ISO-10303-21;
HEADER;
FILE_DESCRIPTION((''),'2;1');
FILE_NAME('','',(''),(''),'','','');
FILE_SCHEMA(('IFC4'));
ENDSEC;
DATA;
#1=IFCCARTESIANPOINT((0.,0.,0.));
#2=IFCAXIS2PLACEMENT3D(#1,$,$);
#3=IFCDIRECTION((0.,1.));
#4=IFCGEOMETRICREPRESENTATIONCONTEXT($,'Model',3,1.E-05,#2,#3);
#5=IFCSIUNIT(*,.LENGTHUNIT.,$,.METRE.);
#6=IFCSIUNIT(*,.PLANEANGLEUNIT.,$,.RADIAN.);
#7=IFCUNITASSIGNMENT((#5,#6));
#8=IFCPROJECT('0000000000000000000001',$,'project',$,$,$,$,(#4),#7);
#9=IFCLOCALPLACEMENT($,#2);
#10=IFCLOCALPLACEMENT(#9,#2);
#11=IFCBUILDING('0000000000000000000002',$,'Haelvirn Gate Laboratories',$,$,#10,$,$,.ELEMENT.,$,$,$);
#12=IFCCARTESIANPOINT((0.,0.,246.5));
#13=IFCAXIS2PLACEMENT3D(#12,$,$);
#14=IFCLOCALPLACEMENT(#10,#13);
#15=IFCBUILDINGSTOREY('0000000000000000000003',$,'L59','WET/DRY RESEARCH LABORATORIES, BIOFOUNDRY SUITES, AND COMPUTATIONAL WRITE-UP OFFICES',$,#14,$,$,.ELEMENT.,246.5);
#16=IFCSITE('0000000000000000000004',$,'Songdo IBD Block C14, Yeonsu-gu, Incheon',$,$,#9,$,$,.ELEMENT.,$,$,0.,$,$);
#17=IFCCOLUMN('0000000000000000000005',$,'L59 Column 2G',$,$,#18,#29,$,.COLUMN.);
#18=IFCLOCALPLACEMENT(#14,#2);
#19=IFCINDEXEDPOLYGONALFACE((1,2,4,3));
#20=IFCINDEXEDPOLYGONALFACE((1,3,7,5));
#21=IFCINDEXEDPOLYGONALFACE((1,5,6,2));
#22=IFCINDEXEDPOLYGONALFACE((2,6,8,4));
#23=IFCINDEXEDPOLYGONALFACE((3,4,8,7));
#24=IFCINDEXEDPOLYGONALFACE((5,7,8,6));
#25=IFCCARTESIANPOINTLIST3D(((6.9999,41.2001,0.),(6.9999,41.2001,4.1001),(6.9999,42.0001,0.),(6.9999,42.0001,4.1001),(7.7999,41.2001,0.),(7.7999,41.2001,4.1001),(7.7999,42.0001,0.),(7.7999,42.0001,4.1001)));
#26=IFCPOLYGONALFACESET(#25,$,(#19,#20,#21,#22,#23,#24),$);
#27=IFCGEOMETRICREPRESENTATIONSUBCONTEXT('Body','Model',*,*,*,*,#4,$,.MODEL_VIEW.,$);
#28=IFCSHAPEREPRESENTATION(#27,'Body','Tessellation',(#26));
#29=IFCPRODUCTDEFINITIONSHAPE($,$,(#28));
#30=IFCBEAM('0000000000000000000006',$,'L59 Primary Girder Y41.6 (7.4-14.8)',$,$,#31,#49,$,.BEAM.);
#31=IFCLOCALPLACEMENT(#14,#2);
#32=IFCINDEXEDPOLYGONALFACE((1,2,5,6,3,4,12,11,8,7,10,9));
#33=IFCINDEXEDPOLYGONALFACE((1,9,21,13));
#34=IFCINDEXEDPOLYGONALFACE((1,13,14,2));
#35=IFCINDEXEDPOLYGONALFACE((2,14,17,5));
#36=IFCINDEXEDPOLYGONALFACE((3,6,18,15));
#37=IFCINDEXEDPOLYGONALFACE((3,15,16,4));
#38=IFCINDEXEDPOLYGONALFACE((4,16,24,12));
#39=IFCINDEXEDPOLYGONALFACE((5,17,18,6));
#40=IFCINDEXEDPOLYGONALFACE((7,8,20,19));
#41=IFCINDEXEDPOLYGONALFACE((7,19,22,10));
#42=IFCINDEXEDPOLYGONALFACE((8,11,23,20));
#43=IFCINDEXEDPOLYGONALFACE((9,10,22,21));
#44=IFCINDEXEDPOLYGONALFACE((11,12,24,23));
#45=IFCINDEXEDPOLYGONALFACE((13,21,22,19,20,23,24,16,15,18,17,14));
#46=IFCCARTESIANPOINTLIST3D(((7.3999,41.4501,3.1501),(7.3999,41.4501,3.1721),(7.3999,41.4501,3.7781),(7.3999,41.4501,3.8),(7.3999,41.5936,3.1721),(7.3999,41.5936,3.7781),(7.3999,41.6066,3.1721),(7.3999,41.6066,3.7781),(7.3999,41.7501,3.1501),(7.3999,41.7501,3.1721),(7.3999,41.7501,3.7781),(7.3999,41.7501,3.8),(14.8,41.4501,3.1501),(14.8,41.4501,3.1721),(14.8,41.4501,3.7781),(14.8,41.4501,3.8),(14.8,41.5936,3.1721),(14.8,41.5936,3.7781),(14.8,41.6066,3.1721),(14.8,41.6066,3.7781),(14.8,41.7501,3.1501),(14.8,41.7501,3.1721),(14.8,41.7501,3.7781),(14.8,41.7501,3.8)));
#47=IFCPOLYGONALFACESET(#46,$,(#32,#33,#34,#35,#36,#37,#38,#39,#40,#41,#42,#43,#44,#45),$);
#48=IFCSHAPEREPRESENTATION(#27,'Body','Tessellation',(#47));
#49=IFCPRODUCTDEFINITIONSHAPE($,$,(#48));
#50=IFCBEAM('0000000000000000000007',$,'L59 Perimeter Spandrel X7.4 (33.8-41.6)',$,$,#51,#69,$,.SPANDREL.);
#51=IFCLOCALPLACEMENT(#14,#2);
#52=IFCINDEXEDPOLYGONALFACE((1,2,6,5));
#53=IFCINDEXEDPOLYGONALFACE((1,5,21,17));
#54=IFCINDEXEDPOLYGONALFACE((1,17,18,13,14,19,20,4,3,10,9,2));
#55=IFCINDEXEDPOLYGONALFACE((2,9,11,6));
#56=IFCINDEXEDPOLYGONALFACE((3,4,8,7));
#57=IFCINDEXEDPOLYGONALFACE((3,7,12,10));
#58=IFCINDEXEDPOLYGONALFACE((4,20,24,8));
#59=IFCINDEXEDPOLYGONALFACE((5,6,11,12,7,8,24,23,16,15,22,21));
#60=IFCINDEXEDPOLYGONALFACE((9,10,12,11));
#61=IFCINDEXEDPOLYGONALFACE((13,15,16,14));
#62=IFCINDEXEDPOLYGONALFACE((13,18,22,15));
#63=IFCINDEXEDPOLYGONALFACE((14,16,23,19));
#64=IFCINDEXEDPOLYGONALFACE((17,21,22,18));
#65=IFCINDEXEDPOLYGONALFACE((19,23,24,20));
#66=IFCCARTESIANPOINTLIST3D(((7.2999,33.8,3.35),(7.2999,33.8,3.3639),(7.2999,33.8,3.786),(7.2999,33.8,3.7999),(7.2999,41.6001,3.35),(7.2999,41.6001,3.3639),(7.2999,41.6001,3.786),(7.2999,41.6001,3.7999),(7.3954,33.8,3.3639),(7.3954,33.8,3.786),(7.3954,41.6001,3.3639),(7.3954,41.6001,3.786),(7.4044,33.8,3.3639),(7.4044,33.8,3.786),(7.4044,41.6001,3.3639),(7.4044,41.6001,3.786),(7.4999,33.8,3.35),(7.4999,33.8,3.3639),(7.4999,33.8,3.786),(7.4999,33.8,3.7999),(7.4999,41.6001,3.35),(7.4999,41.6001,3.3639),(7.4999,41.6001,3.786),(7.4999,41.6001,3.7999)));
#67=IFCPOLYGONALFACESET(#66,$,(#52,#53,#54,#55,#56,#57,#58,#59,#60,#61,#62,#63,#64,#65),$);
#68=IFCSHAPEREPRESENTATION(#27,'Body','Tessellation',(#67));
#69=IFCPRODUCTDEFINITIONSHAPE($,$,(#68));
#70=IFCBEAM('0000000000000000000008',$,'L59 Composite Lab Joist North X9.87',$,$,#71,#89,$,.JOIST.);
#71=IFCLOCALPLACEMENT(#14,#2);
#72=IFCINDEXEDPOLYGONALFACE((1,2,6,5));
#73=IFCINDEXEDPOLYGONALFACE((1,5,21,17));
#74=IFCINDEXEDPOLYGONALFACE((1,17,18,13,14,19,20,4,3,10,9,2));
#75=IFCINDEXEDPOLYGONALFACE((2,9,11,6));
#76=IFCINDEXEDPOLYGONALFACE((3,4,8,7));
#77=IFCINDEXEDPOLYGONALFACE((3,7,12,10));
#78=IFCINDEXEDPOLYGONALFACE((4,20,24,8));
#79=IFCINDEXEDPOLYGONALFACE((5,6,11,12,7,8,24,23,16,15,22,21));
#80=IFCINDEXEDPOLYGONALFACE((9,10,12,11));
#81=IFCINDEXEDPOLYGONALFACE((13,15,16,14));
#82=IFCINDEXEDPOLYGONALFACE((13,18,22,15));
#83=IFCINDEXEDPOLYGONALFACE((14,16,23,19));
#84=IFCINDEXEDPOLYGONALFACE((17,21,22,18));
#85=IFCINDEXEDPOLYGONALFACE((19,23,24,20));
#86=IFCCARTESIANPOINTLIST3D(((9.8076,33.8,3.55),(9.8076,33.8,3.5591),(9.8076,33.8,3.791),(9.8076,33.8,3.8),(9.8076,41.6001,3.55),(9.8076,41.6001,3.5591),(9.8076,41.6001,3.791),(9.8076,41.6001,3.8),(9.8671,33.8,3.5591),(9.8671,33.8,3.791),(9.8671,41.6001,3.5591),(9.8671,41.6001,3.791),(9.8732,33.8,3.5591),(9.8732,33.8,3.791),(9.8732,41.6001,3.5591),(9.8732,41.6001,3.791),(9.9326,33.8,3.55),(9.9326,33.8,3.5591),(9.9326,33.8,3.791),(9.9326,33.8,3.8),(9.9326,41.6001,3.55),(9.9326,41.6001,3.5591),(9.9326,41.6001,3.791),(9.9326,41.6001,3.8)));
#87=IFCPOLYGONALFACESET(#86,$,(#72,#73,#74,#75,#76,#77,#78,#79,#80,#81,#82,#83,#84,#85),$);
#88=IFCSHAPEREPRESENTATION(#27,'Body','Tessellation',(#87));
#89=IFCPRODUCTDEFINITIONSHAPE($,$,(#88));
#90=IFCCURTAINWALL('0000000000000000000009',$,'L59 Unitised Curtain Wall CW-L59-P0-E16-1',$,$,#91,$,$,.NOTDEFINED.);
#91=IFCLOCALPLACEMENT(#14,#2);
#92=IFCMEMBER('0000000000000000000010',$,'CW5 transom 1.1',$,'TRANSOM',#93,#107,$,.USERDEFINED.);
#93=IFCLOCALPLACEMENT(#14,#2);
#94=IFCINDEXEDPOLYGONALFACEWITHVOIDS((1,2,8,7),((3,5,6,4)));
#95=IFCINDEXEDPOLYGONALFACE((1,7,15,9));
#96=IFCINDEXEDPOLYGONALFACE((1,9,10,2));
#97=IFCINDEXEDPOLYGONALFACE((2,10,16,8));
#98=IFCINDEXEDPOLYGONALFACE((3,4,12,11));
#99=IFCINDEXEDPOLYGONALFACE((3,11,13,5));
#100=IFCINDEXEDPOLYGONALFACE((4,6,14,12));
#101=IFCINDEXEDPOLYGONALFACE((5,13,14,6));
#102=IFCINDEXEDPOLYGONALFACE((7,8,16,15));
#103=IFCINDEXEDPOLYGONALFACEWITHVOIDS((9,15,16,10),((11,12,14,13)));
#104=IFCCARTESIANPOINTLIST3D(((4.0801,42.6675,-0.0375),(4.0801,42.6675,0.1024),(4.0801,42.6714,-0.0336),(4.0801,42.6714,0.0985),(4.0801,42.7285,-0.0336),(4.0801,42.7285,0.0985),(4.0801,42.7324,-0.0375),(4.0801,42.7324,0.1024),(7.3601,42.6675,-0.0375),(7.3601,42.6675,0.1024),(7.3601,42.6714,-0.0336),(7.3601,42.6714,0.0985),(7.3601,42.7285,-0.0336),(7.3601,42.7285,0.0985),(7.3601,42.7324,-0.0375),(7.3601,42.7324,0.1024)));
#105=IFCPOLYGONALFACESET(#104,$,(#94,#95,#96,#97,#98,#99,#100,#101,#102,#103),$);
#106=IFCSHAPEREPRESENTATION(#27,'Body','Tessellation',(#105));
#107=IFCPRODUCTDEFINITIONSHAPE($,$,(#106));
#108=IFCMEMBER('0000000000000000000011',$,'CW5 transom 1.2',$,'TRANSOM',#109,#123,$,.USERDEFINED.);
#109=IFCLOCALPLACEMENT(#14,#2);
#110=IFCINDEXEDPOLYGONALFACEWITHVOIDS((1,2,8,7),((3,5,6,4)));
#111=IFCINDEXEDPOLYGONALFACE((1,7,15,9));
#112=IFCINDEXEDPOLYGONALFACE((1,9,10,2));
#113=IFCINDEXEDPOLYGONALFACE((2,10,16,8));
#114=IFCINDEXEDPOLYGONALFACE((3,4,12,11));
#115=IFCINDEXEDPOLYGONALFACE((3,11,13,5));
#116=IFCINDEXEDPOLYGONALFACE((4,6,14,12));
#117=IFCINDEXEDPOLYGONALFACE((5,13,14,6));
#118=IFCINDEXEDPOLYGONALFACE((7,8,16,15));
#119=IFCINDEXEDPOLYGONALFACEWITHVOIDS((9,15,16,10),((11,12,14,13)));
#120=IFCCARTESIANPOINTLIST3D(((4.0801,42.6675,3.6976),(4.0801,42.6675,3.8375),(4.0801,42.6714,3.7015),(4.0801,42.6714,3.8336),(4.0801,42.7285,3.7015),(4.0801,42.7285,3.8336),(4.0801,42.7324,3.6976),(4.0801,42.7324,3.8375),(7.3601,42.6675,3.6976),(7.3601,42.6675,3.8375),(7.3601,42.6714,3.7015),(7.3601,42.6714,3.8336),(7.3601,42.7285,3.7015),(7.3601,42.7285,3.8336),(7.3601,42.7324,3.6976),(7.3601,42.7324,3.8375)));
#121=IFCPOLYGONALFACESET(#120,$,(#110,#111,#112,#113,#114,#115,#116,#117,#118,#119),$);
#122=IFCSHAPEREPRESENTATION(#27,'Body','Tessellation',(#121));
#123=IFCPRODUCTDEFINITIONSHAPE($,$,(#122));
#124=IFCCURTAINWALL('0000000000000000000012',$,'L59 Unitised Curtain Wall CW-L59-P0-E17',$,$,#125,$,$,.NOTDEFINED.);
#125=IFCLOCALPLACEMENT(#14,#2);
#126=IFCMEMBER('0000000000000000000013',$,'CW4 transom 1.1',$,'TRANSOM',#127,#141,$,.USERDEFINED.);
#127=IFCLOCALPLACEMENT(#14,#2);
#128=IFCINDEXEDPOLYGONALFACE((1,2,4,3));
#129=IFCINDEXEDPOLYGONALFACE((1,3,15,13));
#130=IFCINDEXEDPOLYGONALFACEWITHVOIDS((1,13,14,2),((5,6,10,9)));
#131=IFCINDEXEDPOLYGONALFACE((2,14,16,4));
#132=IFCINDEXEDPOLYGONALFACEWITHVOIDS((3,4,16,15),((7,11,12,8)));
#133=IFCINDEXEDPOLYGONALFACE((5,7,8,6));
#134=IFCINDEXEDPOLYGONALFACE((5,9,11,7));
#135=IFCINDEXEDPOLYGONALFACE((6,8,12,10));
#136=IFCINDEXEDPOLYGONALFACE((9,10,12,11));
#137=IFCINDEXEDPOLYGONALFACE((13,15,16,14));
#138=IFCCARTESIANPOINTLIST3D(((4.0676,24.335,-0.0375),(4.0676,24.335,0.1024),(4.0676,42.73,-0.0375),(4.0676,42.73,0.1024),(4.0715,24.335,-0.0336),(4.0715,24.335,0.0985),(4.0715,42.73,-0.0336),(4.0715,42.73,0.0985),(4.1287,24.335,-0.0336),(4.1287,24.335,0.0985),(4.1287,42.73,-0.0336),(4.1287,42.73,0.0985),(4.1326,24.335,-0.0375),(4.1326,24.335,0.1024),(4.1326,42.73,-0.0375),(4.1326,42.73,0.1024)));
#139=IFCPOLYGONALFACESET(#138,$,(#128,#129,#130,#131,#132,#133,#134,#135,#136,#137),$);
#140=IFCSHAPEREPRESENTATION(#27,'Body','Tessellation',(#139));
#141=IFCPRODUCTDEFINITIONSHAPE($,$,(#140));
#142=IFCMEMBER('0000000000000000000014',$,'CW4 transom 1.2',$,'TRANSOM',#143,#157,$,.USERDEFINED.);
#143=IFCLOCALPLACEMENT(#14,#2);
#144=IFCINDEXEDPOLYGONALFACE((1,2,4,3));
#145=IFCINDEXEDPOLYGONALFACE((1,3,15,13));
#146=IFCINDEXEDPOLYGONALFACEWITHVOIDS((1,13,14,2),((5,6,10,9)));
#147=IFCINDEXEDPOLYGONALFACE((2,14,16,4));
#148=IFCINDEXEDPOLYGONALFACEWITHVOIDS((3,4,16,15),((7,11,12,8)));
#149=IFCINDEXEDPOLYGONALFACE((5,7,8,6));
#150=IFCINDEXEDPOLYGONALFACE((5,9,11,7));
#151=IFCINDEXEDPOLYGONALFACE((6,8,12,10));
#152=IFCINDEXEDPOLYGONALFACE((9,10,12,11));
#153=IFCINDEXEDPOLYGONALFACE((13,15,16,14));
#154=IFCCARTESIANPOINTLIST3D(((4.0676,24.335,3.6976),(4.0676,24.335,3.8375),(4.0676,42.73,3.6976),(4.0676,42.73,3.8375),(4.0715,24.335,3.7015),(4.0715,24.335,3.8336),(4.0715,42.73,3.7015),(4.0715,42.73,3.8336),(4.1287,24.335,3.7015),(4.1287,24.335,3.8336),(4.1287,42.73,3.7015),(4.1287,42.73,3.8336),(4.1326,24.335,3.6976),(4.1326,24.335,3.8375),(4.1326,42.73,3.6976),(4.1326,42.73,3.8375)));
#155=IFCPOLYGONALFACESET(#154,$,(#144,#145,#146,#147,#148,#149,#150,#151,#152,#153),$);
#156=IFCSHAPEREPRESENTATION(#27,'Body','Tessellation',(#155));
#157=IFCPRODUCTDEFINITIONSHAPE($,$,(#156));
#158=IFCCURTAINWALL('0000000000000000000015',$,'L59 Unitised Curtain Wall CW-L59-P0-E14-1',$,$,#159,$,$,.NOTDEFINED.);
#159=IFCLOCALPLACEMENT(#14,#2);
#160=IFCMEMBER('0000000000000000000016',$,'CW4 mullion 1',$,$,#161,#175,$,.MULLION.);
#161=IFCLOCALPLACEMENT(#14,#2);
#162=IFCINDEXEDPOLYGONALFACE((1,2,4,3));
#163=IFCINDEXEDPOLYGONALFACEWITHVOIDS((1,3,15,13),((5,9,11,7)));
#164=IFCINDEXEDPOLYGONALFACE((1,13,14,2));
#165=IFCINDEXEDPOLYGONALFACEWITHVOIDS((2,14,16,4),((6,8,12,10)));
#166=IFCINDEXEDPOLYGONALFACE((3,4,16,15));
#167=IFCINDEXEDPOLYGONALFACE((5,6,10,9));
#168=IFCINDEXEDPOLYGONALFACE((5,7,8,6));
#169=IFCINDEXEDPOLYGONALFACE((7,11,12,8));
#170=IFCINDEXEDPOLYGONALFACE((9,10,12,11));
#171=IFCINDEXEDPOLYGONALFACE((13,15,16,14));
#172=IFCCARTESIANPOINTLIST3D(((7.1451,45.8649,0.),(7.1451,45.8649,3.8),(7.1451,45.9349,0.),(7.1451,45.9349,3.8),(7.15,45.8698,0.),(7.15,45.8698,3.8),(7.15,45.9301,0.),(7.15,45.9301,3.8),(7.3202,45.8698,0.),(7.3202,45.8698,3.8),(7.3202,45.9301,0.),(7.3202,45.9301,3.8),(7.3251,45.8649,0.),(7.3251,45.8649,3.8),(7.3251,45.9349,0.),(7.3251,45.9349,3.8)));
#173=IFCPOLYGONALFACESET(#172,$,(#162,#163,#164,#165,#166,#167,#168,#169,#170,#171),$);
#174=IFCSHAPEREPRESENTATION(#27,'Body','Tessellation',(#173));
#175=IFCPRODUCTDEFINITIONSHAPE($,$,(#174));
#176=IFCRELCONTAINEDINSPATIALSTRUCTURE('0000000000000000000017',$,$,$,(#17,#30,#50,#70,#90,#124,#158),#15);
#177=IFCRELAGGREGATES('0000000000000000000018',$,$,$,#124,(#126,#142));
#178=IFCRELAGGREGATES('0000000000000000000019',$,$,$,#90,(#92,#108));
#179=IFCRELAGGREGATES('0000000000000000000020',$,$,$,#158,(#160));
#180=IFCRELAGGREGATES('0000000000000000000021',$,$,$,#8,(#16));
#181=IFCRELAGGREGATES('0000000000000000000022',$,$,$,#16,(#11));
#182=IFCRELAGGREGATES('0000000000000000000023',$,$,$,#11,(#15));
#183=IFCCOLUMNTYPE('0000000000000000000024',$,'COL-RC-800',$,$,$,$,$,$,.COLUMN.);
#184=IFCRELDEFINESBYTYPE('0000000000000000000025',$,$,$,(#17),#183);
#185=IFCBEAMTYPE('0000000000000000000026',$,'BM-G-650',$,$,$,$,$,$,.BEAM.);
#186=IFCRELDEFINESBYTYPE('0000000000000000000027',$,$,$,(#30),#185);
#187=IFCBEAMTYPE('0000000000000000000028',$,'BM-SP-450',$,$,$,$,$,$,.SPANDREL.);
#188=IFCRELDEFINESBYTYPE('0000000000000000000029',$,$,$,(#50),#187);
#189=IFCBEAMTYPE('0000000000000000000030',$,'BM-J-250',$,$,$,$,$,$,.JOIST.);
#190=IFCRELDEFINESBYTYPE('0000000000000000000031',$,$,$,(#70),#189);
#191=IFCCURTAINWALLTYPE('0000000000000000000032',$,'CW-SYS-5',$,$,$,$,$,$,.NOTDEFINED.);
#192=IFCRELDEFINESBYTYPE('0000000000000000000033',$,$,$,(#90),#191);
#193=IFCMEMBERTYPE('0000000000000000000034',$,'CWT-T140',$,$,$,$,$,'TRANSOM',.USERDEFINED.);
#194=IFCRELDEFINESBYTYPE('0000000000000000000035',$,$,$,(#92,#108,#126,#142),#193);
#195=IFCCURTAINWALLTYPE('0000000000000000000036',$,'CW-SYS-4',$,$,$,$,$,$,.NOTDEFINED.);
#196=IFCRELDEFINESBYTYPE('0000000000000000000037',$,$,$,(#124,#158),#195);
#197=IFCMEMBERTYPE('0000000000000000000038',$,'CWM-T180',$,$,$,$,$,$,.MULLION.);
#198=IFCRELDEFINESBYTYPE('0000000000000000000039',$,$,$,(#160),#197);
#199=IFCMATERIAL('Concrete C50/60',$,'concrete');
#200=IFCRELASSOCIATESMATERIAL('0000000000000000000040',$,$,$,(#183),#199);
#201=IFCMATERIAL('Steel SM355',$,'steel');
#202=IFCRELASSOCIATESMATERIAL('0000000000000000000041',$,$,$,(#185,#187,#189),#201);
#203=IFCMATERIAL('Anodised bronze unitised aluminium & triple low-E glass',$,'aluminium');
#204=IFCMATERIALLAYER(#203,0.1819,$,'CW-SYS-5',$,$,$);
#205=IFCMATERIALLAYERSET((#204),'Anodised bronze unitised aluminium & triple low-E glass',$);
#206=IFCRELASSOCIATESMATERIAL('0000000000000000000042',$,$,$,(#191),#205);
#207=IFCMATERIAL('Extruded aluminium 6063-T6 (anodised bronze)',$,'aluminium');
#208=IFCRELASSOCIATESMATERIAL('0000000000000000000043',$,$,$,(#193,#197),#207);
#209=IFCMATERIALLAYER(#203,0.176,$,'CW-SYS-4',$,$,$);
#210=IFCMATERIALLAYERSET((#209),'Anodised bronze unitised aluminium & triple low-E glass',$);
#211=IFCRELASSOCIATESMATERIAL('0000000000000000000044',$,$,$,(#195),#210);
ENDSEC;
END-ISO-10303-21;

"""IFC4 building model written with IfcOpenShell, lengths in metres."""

from ifc_helpers import new_model, si_unit, direction, frame, origin, origin_2d, place, context, subcontext, project, spatial, rectangle, hollow_rectangle, i_section, extrude, source, transform, mapped, material, layer, layer_set, material_profile, profile_set, type_object, type_shapes, element, aggregate, save


model = new_model("IFC4")

# Units and contexts
model_context = context("Model", 3, precision=1e-05, world=origin(), true_north=direction((0.0, 1.0)))
body_context = subcontext(model_context, "Body", "Model", "MODEL_VIEW")
ifc_project = project(units=[si_unit("LENGTHUNIT", "METRE"), si_unit("PLANEANGLEUNIT", "RADIAN")], contexts=[model_context])

# Site, building, storey
site_placement = place(None, origin())
site = spatial("IfcSite", under=ifc_project, at=site_placement, Name="Songdo IBD Block C14, Yeonsu-gu, Incheon", CompositionType="ELEMENT", RefElevation=0.0)
building_placement = place(site_placement, origin())
building = spatial("IfcBuilding", under=site, at=building_placement, Name="Haelvirn Gate Laboratories", CompositionType="ELEMENT")
storey_placement = place(building_placement, frame((0.0, 0.0, 246.5)))
storey = spatial("IfcBuildingStorey", under=building, at=storey_placement, Name="L59", Description="WET/DRY RESEARCH LABORATORIES, BIOFOUNDRY SUITES, AND COMPUTATIONAL WRITE-UP OFFICES", CompositionType="ELEMENT", Elevation=246.5)

# Column
ifc_material_1 = material(Name="Concrete C50/60", Category="concrete")
ifc_material_profile_1 = material_profile(ifc_material_1, rectangle(XDim=0.8, YDim=0.8, at=origin_2d()), Name="RC-800x800")
ifc_profile_set_1 = profile_set([ifc_material_profile_1], Name="Concrete C50/60")
column_type = type_object("IfcColumnType", Name="COL-RC-800", PredefinedType="COLUMN", material=ifc_profile_set_1)
shared_shape_1 = source(origin(), body_context, "Body", "SweptSolid", [
    extrude(rectangle(XDim=0.8, YDim=0.8, at=origin_2d()), origin(), (0.0, 0.0, 1.0), 4.1001),
])
type_shapes(column_type, [shared_shape_1])
column_placement = place(storey_placement, frame((7.3999, 41.6001, 0.0), z_axis=(0.0, 0.0, 1.0), x_axis=(1.0, 0.0, 0.0)))
element("IfcColumn", 1, at=column_placement, inside=storey, type_object=column_type, Name="L59 Column 2G", PredefinedType="COLUMN", context=body_context, shape_type="MappedRepresentation", body=[
    mapped(shared_shape_1, transform((0.0, 0.0, 0.0), scale=1.0)),
])

# Beams
ifc_material_2 = material(Name="Steel SM355", Category="steel")
ifc_material_profile_2 = material_profile(ifc_material_2, i_section(OverallWidth=0.3, OverallDepth=0.6499, WebThickness=0.0129, FlangeThickness=0.022, at=origin_2d()), Name="H-650x300x13x22")
ifc_profile_set_2 = profile_set([ifc_material_profile_2], Name="Steel SM355")
beam_type_1 = type_object("IfcBeamType", Name="BM-G-650", PredefinedType="BEAM", material=ifc_profile_set_2)
shared_shape_2 = source(origin(), body_context, "Body", "SweptSolid", [
    extrude(i_section(OverallWidth=0.3, OverallDepth=0.6499, WebThickness=0.0129, FlangeThickness=0.022, at=origin_2d()), origin(), (0.0, 0.0, 1.0), 7.4001),
])
type_shapes(beam_type_1, [shared_shape_2])
beam_1_placement = place(storey_placement, frame((7.3999, 41.6001, 3.4751), z_axis=(1.0, 0.0, 0.0), x_axis=(0.0, 1.0, 0.0)))
element("IfcBeam", 2, at=beam_1_placement, inside=storey, type_object=beam_type_1, Name="L59 Primary Girder Y41.6 (7.4-14.8)", PredefinedType="BEAM", context=body_context, shape_type="MappedRepresentation", body=[
    mapped(shared_shape_2, transform((0.0, 0.0, 0.0), scale=1.0)),
])
ifc_material_profile_3 = material_profile(ifc_material_2, i_section(OverallWidth=0.2, OverallDepth=0.45, WebThickness=0.009, FlangeThickness=0.0139, at=origin_2d()), Name="H-450x200x9x14")
ifc_profile_set_3 = profile_set([ifc_material_profile_3], Name="Steel SM355")
beam_type_2 = type_object("IfcBeamType", Name="BM-SP-450", PredefinedType="SPANDREL", material=ifc_profile_set_3)
shared_shape_3 = source(origin(), body_context, "Body", "SweptSolid", [
    extrude(i_section(OverallWidth=0.2, OverallDepth=0.45, WebThickness=0.009, FlangeThickness=0.0139, at=origin_2d()), origin(), (0.0, 0.0, 1.0), 7.8),
])
type_shapes(beam_type_2, [shared_shape_3])
beam_2_placement = place(storey_placement, frame((7.3999, 33.8, 3.575), z_axis=(0.0, 1.0, 0.0), x_axis=(-1.0, 0.0, 0.0)))
element("IfcBeam", 3, at=beam_2_placement, inside=storey, type_object=beam_type_2, Name="L59 Perimeter Spandrel X7.4 (33.8-41.6)", PredefinedType="SPANDREL", context=body_context, shape_type="MappedRepresentation", body=[
    mapped(shared_shape_3, transform((0.0, 0.0, 0.0), scale=1.0)),
])
ifc_material_profile_4 = material_profile(ifc_material_2, i_section(OverallWidth=0.125, OverallDepth=0.25, WebThickness=0.0061, FlangeThickness=0.009, at=origin_2d()), Name="H-250x125x6x9")
ifc_profile_set_4 = profile_set([ifc_material_profile_4], Name="Steel SM355")
beam_type_3 = type_object("IfcBeamType", Name="BM-J-250", PredefinedType="JOIST", material=ifc_profile_set_4)
shared_shape_4 = source(origin(), body_context, "Body", "SweptSolid", [
    extrude(i_section(OverallWidth=0.125, OverallDepth=0.25, WebThickness=0.0061, FlangeThickness=0.009, at=origin_2d()), origin(), (0.0, 0.0, 1.0), 7.8),
])
type_shapes(beam_type_3, [shared_shape_4])
beam_3_placement = place(storey_placement, frame((9.8701, 33.8, 3.675), z_axis=(0.0, 1.0, 0.0), x_axis=(-1.0, 0.0, 0.0)))
element("IfcBeam", 4, at=beam_3_placement, inside=storey, type_object=beam_type_3, Name="L59 Composite Lab Joist North X9.87", PredefinedType="JOIST", context=body_context, shape_type="MappedRepresentation", body=[
    mapped(shared_shape_4, transform((0.0, 0.0, 0.0), scale=1.0)),
])

# Curtain walls, members
ifc_material_3 = material(Name="Anodised bronze unitised aluminium & triple low-E glass", Category="aluminium")
ifc_layer_1 = layer(ifc_material_3, 0.1819, Name="CW-SYS-5")
ifc_layer_set_1 = layer_set([ifc_layer_1], Name="Anodised bronze unitised aluminium & triple low-E glass")
curtain_wall_type_1 = type_object("IfcCurtainWallType", Name="CW-SYS-5", PredefinedType="NOTDEFINED", material=ifc_layer_set_1)
curtain_wall_1_placement = place(storey_placement, origin())
curtain_wall_1 = element("IfcCurtainWall", 5, at=curtain_wall_1_placement, inside=storey, type_object=curtain_wall_type_1, Name="L59 Unitised Curtain Wall CW-L59-P0-E16-1", PredefinedType="NOTDEFINED")
ifc_material_4 = material(Name="Extruded aluminium 6063-T6 (anodised bronze)", Category="aluminium")
ifc_material_profile_5 = material_profile(ifc_material_4, hollow_rectangle(XDim=0.0649, YDim=0.1399, WallThickness=0.0039, at=origin_2d()), Name="CWT-140x65x4")
ifc_profile_set_5 = profile_set([ifc_material_profile_5], Name="Extruded aluminium 6063-T6 (anodised bronze)")
member_type_1 = type_object("IfcMemberType", Name="CWT-T140", ElementType="TRANSOM", PredefinedType="USERDEFINED", material=ifc_profile_set_5)
shared_shape_5 = source(origin(), body_context, "Body", "SweptSolid", [
    extrude(hollow_rectangle(XDim=0.0649, YDim=0.1399, WallThickness=0.0039, at=origin_2d()), origin(), (0.0, 0.0, 1.0), 3.28),
])
member_1_placement = place(storey_placement, frame((4.0801, 42.7, 0.0325), z_axis=(1.0, 0.0, 0.0), x_axis=(0.0, 1.0, 0.0)))
member_1 = element("IfcMember", 6, at=member_1_placement, type_object=member_type_1, Name="CW5 transom 1.1", ObjectType="TRANSOM", PredefinedType="USERDEFINED", context=body_context, shape_type="MappedRepresentation", body=[
    mapped(shared_shape_5, transform((0.0, 0.0, 0.0), scale=1.0)),
])
member_2_placement = place(storey_placement, frame((4.0801, 42.7, 3.7676), z_axis=(1.0, 0.0, 0.0), x_axis=(0.0, 1.0, 0.0)))
member_2 = element("IfcMember", 7, at=member_2_placement, type_object=member_type_1, Name="CW5 transom 1.2", ObjectType="TRANSOM", PredefinedType="USERDEFINED", context=body_context, shape_type="MappedRepresentation", body=[
    mapped(shared_shape_5, transform((0.0, 0.0, 0.0), scale=1.0)),
])
ifc_layer_2 = layer(ifc_material_3, 0.176, Name="CW-SYS-4")
ifc_layer_set_2 = layer_set([ifc_layer_2], Name="Anodised bronze unitised aluminium & triple low-E glass")
curtain_wall_type_2 = type_object("IfcCurtainWallType", Name="CW-SYS-4", PredefinedType="NOTDEFINED", material=ifc_layer_set_2)
curtain_wall_2_placement = place(storey_placement, origin())
curtain_wall_2 = element("IfcCurtainWall", 8, at=curtain_wall_2_placement, inside=storey, type_object=curtain_wall_type_2, Name="L59 Unitised Curtain Wall CW-L59-P0-E17", PredefinedType="NOTDEFINED")
shared_shape_6 = source(origin(), body_context, "Body", "SweptSolid", [
    extrude(hollow_rectangle(XDim=0.0649, YDim=0.1399, WallThickness=0.0039, at=origin_2d()), origin(), (0.0, 0.0, 1.0), 18.395),
])
member_3_placement = place(storey_placement, frame((4.1001, 42.73, 0.0325), z_axis=(0.0, -1.0, 0.0), x_axis=(1.0, 0.0, 0.0)))
member_3 = element("IfcMember", 9, at=member_3_placement, type_object=member_type_1, Name="CW4 transom 1.1", ObjectType="TRANSOM", PredefinedType="USERDEFINED", context=body_context, shape_type="MappedRepresentation", body=[
    mapped(shared_shape_6, transform((0.0, 0.0, 0.0), scale=1.0)),
])
member_4_placement = place(storey_placement, frame((4.1001, 42.73, 3.7676), z_axis=(0.0, -1.0, 0.0), x_axis=(1.0, 0.0, 0.0)))
member_4 = element("IfcMember", 10, at=member_4_placement, type_object=member_type_1, Name="CW4 transom 1.2", ObjectType="TRANSOM", PredefinedType="USERDEFINED", context=body_context, shape_type="MappedRepresentation", body=[
    mapped(shared_shape_6, transform((0.0, 0.0, 0.0), scale=1.0)),
])
curtain_wall_3_placement = place(storey_placement, origin())
curtain_wall_3 = element("IfcCurtainWall", 11, at=curtain_wall_3_placement, inside=storey, type_object=curtain_wall_type_2, Name="L59 Unitised Curtain Wall CW-L59-P0-E14-1", PredefinedType="NOTDEFINED")
ifc_material_profile_6 = material_profile(ifc_material_4, hollow_rectangle(XDim=0.0701, YDim=0.1799, WallThickness=0.0049, at=origin_2d()), Name="CWM-180x70x5")
ifc_profile_set_6 = profile_set([ifc_material_profile_6], Name="Extruded aluminium 6063-T6 (anodised bronze)")
member_type_2 = type_object("IfcMemberType", Name="CWM-T180", PredefinedType="MULLION", material=ifc_profile_set_6)
shared_shape_7 = source(origin(), body_context, "Body", "SweptSolid", [
    extrude(hollow_rectangle(XDim=0.0701, YDim=0.1799, WallThickness=0.0049, at=origin_2d()), origin(), (0.0, 0.0, 1.0), 3.8),
])
type_shapes(member_type_2, [shared_shape_7])
member_5_placement = place(storey_placement, frame((7.2351, 45.8999, 0.0), z_axis=(0.0, 0.0, 1.0), x_axis=(0.0, 1.0, 0.0)))
member_5 = element("IfcMember", 12, at=member_5_placement, type_object=member_type_2, Name="CW4 mullion 1", PredefinedType="MULLION", context=body_context, shape_type="MappedRepresentation", body=[
    mapped(shared_shape_7, transform((0.0, 0.0, 0.0), scale=1.0)),
])

aggregate(curtain_wall_2, [member_3, member_4])

aggregate(curtain_wall_1, [member_1, member_2])
aggregate(curtain_wall_3, [member_5])

save(model, "model.ifc")
